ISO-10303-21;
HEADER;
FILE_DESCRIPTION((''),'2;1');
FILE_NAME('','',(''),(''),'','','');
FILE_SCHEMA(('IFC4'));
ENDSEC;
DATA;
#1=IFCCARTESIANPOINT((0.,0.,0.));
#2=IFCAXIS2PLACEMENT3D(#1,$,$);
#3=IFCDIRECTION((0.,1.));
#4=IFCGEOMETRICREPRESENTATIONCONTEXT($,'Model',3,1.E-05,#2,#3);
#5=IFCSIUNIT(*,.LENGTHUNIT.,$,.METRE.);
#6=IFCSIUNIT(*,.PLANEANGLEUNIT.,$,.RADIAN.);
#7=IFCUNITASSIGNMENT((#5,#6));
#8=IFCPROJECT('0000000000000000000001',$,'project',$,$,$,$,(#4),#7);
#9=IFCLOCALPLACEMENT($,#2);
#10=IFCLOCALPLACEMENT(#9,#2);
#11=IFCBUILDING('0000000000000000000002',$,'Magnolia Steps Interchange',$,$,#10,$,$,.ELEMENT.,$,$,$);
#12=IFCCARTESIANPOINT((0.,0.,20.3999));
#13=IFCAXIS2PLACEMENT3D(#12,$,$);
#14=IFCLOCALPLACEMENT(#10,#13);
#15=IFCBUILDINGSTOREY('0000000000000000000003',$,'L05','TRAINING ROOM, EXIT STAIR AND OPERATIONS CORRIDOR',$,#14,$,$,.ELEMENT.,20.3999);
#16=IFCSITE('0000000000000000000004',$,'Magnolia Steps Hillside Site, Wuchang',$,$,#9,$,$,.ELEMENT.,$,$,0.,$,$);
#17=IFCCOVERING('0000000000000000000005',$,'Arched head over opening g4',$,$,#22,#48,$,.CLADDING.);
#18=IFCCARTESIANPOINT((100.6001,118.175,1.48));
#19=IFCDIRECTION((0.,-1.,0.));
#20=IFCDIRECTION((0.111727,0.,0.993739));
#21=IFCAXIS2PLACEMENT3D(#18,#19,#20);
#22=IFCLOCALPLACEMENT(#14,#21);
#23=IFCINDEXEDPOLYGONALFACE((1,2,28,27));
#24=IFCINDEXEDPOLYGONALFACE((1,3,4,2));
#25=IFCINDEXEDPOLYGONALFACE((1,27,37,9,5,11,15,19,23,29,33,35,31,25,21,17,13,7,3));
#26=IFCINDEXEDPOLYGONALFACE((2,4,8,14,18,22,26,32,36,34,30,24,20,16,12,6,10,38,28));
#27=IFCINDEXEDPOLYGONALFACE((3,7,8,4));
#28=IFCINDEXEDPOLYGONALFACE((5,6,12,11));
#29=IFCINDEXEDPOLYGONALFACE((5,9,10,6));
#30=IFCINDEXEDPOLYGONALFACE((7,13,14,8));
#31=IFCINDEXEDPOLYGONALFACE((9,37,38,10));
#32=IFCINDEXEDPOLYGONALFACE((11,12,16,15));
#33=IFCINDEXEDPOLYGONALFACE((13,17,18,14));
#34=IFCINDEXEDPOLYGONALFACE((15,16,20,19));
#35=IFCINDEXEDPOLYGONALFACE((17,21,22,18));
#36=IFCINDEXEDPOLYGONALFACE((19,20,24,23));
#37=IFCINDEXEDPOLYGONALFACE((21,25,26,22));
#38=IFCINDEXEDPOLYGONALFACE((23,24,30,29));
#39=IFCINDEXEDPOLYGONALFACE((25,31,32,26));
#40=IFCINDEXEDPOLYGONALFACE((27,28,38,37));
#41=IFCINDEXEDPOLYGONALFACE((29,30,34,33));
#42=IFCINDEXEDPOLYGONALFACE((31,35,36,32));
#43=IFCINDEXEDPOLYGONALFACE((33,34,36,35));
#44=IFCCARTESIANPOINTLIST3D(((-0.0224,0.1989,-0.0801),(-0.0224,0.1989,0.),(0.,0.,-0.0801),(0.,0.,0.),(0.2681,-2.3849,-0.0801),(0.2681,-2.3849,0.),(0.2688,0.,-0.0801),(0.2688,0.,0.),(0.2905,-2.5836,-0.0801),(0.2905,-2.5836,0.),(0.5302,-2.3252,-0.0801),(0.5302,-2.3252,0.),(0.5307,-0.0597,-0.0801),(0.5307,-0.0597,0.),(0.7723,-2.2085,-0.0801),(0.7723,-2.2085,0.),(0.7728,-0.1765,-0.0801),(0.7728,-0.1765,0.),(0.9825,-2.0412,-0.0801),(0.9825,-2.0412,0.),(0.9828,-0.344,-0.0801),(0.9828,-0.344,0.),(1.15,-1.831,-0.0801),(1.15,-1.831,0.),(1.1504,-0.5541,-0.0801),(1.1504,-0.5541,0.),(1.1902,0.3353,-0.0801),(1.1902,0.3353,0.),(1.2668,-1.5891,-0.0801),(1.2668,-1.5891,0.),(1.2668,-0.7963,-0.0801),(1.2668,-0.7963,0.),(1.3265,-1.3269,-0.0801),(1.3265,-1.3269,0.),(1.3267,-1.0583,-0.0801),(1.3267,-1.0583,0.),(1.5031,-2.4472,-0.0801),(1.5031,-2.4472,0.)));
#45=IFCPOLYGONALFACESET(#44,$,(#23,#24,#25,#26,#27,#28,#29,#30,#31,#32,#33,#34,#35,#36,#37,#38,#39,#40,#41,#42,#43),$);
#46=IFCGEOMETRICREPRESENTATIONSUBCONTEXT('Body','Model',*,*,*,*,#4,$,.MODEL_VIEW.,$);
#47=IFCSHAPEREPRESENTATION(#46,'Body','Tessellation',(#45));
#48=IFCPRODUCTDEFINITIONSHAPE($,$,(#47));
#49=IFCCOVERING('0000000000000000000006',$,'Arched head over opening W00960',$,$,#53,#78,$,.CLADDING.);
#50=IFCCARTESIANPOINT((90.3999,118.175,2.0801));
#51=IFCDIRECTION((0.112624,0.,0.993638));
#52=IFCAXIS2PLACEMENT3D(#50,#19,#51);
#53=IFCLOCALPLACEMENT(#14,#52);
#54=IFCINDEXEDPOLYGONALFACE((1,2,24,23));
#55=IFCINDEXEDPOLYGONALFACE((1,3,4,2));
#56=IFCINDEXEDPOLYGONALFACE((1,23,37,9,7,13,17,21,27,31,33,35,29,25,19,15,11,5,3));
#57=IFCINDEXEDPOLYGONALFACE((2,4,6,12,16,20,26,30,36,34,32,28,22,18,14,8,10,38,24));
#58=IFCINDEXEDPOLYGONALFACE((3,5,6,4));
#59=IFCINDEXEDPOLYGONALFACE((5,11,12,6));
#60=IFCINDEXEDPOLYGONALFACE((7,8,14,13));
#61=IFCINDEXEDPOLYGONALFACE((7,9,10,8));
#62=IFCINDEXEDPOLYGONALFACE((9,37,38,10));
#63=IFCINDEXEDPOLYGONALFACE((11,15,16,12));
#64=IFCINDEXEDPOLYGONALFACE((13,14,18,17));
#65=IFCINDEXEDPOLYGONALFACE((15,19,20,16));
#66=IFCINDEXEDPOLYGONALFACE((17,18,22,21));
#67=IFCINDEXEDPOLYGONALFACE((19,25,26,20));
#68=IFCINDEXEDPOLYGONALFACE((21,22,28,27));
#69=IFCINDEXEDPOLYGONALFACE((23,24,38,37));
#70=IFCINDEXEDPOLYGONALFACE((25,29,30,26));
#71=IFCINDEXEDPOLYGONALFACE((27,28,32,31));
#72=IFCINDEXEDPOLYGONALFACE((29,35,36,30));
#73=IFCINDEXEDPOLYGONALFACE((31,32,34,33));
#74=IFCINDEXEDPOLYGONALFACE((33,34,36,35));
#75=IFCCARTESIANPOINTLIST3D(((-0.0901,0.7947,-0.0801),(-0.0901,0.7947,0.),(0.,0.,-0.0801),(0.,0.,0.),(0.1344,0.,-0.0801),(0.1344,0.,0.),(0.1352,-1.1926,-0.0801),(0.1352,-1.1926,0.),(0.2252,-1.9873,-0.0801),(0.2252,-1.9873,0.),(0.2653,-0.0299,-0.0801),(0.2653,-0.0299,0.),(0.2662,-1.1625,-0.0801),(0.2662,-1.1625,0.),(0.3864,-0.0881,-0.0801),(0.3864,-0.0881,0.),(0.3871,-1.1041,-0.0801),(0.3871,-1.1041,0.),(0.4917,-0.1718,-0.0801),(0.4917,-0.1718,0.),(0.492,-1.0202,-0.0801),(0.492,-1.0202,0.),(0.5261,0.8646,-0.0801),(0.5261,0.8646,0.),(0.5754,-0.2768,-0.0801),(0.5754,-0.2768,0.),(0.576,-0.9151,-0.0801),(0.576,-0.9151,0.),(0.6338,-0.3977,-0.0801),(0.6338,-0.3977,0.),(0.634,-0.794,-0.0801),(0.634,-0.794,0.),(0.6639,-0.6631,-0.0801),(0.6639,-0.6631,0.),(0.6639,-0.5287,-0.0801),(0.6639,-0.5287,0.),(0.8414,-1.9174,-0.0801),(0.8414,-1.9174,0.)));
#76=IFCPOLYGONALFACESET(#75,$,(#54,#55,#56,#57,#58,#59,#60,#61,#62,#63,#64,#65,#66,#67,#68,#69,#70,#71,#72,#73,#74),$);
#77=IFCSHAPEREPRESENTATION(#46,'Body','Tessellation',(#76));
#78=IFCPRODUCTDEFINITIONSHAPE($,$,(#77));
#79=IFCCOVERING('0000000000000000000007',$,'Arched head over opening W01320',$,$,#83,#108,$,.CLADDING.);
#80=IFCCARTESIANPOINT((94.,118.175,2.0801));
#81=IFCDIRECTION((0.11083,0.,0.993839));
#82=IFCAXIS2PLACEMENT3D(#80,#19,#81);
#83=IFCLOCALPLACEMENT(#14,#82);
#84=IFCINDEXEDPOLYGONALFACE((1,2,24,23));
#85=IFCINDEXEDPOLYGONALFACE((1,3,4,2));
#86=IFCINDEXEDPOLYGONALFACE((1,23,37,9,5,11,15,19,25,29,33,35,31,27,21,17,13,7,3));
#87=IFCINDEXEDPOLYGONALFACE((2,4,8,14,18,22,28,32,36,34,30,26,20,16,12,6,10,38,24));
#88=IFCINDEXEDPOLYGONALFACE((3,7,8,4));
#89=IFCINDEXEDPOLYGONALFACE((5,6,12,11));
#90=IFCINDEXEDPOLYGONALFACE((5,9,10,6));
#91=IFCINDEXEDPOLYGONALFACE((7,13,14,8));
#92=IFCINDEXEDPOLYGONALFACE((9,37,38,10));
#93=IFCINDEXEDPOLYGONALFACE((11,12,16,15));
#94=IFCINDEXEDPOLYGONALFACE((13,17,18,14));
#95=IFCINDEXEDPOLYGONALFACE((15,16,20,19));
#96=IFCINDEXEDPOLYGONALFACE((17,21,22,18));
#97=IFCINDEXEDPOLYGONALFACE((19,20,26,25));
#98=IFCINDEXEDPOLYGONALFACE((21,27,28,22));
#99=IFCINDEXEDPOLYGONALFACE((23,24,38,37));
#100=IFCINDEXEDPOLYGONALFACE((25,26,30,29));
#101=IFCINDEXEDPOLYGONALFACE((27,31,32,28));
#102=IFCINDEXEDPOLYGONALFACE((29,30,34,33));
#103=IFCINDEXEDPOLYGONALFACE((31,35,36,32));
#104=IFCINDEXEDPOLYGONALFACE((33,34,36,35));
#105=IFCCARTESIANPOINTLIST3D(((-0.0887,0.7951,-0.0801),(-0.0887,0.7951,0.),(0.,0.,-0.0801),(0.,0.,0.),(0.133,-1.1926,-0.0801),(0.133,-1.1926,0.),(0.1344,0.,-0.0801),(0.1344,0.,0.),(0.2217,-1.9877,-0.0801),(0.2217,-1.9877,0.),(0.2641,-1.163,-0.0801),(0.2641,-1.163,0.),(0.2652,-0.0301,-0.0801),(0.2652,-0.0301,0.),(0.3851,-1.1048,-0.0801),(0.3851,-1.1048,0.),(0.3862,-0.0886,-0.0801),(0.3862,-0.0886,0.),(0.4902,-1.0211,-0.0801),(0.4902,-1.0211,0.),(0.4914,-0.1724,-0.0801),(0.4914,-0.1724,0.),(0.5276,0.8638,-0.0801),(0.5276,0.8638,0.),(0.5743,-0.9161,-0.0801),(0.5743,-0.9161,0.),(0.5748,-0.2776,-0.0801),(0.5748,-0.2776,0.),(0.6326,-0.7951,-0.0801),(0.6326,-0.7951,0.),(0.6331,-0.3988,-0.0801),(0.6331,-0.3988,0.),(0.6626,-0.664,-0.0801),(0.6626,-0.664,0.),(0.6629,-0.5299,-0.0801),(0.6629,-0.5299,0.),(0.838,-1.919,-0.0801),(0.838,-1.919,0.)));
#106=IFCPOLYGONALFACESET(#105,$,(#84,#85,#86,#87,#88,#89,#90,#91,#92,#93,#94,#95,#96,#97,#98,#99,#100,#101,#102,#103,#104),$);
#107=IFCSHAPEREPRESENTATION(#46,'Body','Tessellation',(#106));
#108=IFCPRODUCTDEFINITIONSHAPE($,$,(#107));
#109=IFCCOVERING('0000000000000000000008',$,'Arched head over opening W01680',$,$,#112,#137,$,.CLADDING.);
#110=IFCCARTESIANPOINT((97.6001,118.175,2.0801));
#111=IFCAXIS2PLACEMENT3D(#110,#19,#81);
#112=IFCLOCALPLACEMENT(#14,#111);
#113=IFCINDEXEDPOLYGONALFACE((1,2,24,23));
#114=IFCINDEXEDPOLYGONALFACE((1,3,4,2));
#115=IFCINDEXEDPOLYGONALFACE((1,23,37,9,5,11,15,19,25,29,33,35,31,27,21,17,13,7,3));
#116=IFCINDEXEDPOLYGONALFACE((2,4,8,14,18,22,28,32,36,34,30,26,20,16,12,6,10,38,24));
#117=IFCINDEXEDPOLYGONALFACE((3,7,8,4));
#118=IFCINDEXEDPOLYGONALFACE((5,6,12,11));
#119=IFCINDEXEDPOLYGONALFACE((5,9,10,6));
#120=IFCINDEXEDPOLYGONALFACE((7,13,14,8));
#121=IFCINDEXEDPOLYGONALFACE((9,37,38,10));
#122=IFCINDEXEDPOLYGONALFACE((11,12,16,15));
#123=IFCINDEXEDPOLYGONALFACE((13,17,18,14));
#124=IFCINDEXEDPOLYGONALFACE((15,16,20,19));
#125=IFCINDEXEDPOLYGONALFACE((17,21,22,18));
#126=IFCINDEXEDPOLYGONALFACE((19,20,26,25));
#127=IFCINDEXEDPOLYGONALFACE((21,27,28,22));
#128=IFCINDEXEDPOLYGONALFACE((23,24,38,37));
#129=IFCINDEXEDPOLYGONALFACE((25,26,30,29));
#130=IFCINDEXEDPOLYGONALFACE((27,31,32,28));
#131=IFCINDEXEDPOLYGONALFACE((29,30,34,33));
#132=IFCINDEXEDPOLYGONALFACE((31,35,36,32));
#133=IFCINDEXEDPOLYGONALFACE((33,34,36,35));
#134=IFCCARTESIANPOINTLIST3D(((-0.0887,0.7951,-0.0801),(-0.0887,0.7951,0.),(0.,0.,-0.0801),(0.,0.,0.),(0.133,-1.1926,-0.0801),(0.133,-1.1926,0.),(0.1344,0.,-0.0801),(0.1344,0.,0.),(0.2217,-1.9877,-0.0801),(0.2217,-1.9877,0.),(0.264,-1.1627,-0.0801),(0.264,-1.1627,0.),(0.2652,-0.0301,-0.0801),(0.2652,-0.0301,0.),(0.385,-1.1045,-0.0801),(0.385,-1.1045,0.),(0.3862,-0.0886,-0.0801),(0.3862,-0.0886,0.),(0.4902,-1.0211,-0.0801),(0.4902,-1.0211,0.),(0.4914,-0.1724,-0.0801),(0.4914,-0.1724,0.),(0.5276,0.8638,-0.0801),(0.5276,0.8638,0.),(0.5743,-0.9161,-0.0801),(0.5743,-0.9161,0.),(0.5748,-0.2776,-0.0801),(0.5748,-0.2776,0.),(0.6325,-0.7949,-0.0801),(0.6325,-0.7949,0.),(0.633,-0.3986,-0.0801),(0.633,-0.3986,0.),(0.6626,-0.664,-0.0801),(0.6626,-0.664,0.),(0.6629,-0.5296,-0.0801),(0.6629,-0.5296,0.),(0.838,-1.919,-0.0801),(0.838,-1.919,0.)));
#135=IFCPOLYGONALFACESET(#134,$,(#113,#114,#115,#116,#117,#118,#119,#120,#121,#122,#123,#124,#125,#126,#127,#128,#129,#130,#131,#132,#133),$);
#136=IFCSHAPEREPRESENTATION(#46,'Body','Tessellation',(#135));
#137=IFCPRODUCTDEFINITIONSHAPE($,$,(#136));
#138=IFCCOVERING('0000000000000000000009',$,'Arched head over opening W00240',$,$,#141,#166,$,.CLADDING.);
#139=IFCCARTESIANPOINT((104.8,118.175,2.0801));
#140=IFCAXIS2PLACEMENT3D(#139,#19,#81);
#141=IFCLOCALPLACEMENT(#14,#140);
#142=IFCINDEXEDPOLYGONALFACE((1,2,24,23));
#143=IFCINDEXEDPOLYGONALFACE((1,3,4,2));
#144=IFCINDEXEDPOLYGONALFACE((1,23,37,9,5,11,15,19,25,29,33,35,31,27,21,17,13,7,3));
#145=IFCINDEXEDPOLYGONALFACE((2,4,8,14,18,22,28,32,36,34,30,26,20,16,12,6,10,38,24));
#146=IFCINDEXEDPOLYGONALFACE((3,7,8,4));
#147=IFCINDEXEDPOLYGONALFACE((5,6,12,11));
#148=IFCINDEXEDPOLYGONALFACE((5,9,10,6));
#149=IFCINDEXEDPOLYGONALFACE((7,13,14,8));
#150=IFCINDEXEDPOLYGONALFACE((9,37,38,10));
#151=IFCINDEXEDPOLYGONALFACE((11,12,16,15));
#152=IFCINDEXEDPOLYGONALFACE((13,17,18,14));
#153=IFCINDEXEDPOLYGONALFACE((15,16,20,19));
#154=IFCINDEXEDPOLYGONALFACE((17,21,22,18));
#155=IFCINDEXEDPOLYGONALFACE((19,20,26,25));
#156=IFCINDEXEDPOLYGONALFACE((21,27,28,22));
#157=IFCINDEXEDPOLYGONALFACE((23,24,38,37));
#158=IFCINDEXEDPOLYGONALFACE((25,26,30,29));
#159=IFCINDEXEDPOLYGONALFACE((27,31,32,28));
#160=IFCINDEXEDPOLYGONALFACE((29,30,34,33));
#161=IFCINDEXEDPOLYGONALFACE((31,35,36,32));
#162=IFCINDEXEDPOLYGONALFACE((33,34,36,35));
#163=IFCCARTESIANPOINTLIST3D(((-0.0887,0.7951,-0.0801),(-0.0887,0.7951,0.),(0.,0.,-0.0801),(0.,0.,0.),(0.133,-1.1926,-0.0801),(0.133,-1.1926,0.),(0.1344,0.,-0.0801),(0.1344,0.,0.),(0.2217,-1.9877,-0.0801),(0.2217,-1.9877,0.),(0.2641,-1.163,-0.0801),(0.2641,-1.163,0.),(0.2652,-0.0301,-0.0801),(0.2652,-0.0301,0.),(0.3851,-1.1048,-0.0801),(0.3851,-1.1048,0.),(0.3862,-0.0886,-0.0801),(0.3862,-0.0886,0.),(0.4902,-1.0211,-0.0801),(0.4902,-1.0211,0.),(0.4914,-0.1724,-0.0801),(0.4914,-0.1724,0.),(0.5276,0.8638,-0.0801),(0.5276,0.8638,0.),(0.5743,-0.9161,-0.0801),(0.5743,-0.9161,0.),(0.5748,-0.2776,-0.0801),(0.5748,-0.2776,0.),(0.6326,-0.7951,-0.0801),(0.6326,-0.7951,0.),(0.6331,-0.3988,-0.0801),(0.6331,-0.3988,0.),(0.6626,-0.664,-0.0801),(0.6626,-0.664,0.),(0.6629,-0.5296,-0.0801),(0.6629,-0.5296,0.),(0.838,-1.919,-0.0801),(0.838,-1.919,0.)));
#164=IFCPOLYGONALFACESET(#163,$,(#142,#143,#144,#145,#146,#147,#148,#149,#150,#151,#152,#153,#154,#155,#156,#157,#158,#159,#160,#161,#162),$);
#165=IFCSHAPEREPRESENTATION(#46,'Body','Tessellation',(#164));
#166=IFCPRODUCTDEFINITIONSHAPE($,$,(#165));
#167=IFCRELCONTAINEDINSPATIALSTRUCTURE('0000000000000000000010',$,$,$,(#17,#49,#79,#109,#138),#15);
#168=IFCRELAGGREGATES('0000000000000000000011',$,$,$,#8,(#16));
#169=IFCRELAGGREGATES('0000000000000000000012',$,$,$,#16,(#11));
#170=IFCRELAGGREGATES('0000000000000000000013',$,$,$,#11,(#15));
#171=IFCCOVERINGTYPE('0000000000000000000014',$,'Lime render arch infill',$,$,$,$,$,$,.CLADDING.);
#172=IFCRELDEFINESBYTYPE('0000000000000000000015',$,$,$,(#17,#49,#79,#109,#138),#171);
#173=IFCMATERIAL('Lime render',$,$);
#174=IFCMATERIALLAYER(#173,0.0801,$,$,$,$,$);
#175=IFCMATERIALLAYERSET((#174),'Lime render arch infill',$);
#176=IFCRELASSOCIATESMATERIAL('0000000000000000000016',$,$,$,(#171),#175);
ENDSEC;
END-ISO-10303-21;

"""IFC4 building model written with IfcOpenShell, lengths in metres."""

from ifc_helpers import new_model, si_unit, direction, frame, origin, place, context, subcontext, project, spatial, polyline, outline, extrude, material, layer, layer_set, type_object, element, save


model = new_model("IFC4")

# Units and contexts
model_context = context("Model", 3, precision=1e-05, world=origin(), true_north=direction((0.0, 1.0)))
body_context = subcontext(model_context, "Body", "Model", "MODEL_VIEW")
ifc_project = project(units=[si_unit("LENGTHUNIT", "METRE"), si_unit("PLANEANGLEUNIT", "RADIAN")], contexts=[model_context])

# Site, building, storey
site_placement = place(None, origin())
site = spatial("IfcSite", under=ifc_project, at=site_placement, Name="Magnolia Steps Hillside Site, Wuchang", CompositionType="ELEMENT", RefElevation=0.0)
building_placement = place(site_placement, origin())
building = spatial("IfcBuilding", under=site, at=building_placement, Name="Magnolia Steps Interchange", CompositionType="ELEMENT")
storey_placement = place(building_placement, frame((0.0, 0.0, 20.3999)))
storey = spatial("IfcBuildingStorey", under=building, at=storey_placement, Name="L05", Description="TRAINING ROOM, EXIT STAIR AND OPERATIONS CORRIDOR", CompositionType="ELEMENT", Elevation=20.3999)

# Coverings
ifc_material_1 = material(Name="Lime render")
ifc_layer_1 = layer(ifc_material_1, 0.0801)
ifc_layer_set_1 = layer_set([ifc_layer_1], Name="Lime render arch infill")
covering_type_1 = type_object("IfcCoveringType", Name="Lime render arch infill", PredefinedType="CLADDING", material=ifc_layer_set_1)
covering_1_placement = place(storey_placement, frame((100.6001, 118.175, 1.48), z_axis=(0.0, -1.0, 0.0), x_axis=(0.111727, 0.0, 0.993739)))
element("IfcCovering", 1, at=covering_1_placement, inside=storey, type_object=covering_type_1, Name="Arched head over opening g4", PredefinedType="CLADDING", context=body_context, shape_type="SweptSolid", body=[
    extrude(outline(polyline([(0.0, 0.0), (0.2688, 0.0), (0.5307, -0.0597), (0.7728, -0.1765), (0.9828, -0.344), (1.1504, -0.5541), (1.2668, -0.7963), (1.3267, -1.0583), (1.3265, -1.3269), (1.2668, -1.5891), (1.15, -1.831), (0.9825, -2.0412), (0.7723, -2.2085), (0.5302, -2.3252), (0.2681, -2.3849), (0.2905, -2.5836), (1.5031, -2.4472), (1.1902, 0.3353), (-0.0224, 0.1989), (0.0, 0.0)])), origin(), (0.0, 0.0, -1.0), 0.0801),
])
covering_2_placement = place(storey_placement, frame((90.3999, 118.175, 2.0801), z_axis=(0.0, -1.0, 0.0), x_axis=(0.112624, 0.0, 0.993638)))
element("IfcCovering", 2, at=covering_2_placement, inside=storey, type_object=covering_type_1, Name="Arched head over opening W00960", PredefinedType="CLADDING", context=body_context, shape_type="SweptSolid", body=[
    extrude(outline(polyline([(0.0, 0.0), (0.1344, 0.0), (0.2653, -0.0299), (0.3864, -0.0881), (0.4917, -0.1718), (0.5754, -0.2768), (0.6338, -0.3977), (0.6639, -0.5287), (0.6639, -0.6631), (0.634, -0.794), (0.576, -0.9151), (0.492, -1.0202), (0.3871, -1.1041), (0.2662, -1.1625), (0.1352, -1.1926), (0.2252, -1.9873), (0.8414, -1.9174), (0.5261, 0.8646), (-0.0901, 0.7947), (0.0, 0.0)])), origin(), (0.0, 0.0, -1.0), 0.0801),
])
covering_3_placement = place(storey_placement, frame((94.0, 118.175, 2.0801), z_axis=(0.0, -1.0, 0.0), x_axis=(0.11083, 0.0, 0.993839)))
element("IfcCovering", 3, at=covering_3_placement, inside=storey, type_object=covering_type_1, Name="Arched head over opening W01320", PredefinedType="CLADDING", context=body_context, shape_type="SweptSolid", body=[
    extrude(outline(polyline([(0.0, 0.0), (0.1344, 0.0), (0.2652, -0.0301), (0.3862, -0.0886), (0.4914, -0.1724), (0.5748, -0.2776), (0.6331, -0.3988), (0.6629, -0.5299), (0.6626, -0.664), (0.6326, -0.7951), (0.5743, -0.9161), (0.4902, -1.0211), (0.3851, -1.1048), (0.2641, -1.163), (0.133, -1.1926), (0.2217, -1.9877), (0.838, -1.919), (0.5276, 0.8638), (-0.0887, 0.7951), (0.0, 0.0)])), origin(), (0.0, 0.0, -1.0), 0.0801),
])
covering_4_placement = place(storey_placement, frame((97.6001, 118.175, 2.0801), z_axis=(0.0, -1.0, 0.0), x_axis=(0.11083, 0.0, 0.993839)))
element("IfcCovering", 4, at=covering_4_placement, inside=storey, type_object=covering_type_1, Name="Arched head over opening W01680", PredefinedType="CLADDING", context=body_context, shape_type="SweptSolid", body=[
    extrude(outline(polyline([(0.0, 0.0), (0.1344, 0.0), (0.2652, -0.0301), (0.3862, -0.0886), (0.4914, -0.1724), (0.5748, -0.2776), (0.633, -0.3986), (0.6629, -0.5296), (0.6626, -0.664), (0.6325, -0.7949), (0.5743, -0.9161), (0.4902, -1.0211), (0.385, -1.1045), (0.264, -1.1627), (0.133, -1.1926), (0.2217, -1.9877), (0.838, -1.919), (0.5276, 0.8638), (-0.0887, 0.7951), (0.0, 0.0)])), origin(), (0.0, 0.0, -1.0), 0.0801),
])
covering_5_placement = place(storey_placement, frame((104.8, 118.175, 2.0801), z_axis=(0.0, -1.0, 0.0), x_axis=(0.11083, 0.0, 0.993839)))
element("IfcCovering", 5, at=covering_5_placement, inside=storey, type_object=covering_type_1, Name="Arched head over opening W00240", PredefinedType="CLADDING", context=body_context, shape_type="SweptSolid", body=[
    extrude(outline(polyline([(0.0, 0.0), (0.1344, 0.0), (0.2652, -0.0301), (0.3862, -0.0886), (0.4914, -0.1724), (0.5748, -0.2776), (0.6331, -0.3988), (0.6629, -0.5296), (0.6626, -0.664), (0.6326, -0.7951), (0.5743, -0.9161), (0.4902, -1.0211), (0.3851, -1.1048), (0.2641, -1.163), (0.133, -1.1926), (0.2217, -1.9877), (0.838, -1.919), (0.5276, 0.8638), (-0.0887, 0.7951), (0.0, 0.0)])), origin(), (0.0, 0.0, -1.0), 0.0801),
])

save(model, "model.ifc")
